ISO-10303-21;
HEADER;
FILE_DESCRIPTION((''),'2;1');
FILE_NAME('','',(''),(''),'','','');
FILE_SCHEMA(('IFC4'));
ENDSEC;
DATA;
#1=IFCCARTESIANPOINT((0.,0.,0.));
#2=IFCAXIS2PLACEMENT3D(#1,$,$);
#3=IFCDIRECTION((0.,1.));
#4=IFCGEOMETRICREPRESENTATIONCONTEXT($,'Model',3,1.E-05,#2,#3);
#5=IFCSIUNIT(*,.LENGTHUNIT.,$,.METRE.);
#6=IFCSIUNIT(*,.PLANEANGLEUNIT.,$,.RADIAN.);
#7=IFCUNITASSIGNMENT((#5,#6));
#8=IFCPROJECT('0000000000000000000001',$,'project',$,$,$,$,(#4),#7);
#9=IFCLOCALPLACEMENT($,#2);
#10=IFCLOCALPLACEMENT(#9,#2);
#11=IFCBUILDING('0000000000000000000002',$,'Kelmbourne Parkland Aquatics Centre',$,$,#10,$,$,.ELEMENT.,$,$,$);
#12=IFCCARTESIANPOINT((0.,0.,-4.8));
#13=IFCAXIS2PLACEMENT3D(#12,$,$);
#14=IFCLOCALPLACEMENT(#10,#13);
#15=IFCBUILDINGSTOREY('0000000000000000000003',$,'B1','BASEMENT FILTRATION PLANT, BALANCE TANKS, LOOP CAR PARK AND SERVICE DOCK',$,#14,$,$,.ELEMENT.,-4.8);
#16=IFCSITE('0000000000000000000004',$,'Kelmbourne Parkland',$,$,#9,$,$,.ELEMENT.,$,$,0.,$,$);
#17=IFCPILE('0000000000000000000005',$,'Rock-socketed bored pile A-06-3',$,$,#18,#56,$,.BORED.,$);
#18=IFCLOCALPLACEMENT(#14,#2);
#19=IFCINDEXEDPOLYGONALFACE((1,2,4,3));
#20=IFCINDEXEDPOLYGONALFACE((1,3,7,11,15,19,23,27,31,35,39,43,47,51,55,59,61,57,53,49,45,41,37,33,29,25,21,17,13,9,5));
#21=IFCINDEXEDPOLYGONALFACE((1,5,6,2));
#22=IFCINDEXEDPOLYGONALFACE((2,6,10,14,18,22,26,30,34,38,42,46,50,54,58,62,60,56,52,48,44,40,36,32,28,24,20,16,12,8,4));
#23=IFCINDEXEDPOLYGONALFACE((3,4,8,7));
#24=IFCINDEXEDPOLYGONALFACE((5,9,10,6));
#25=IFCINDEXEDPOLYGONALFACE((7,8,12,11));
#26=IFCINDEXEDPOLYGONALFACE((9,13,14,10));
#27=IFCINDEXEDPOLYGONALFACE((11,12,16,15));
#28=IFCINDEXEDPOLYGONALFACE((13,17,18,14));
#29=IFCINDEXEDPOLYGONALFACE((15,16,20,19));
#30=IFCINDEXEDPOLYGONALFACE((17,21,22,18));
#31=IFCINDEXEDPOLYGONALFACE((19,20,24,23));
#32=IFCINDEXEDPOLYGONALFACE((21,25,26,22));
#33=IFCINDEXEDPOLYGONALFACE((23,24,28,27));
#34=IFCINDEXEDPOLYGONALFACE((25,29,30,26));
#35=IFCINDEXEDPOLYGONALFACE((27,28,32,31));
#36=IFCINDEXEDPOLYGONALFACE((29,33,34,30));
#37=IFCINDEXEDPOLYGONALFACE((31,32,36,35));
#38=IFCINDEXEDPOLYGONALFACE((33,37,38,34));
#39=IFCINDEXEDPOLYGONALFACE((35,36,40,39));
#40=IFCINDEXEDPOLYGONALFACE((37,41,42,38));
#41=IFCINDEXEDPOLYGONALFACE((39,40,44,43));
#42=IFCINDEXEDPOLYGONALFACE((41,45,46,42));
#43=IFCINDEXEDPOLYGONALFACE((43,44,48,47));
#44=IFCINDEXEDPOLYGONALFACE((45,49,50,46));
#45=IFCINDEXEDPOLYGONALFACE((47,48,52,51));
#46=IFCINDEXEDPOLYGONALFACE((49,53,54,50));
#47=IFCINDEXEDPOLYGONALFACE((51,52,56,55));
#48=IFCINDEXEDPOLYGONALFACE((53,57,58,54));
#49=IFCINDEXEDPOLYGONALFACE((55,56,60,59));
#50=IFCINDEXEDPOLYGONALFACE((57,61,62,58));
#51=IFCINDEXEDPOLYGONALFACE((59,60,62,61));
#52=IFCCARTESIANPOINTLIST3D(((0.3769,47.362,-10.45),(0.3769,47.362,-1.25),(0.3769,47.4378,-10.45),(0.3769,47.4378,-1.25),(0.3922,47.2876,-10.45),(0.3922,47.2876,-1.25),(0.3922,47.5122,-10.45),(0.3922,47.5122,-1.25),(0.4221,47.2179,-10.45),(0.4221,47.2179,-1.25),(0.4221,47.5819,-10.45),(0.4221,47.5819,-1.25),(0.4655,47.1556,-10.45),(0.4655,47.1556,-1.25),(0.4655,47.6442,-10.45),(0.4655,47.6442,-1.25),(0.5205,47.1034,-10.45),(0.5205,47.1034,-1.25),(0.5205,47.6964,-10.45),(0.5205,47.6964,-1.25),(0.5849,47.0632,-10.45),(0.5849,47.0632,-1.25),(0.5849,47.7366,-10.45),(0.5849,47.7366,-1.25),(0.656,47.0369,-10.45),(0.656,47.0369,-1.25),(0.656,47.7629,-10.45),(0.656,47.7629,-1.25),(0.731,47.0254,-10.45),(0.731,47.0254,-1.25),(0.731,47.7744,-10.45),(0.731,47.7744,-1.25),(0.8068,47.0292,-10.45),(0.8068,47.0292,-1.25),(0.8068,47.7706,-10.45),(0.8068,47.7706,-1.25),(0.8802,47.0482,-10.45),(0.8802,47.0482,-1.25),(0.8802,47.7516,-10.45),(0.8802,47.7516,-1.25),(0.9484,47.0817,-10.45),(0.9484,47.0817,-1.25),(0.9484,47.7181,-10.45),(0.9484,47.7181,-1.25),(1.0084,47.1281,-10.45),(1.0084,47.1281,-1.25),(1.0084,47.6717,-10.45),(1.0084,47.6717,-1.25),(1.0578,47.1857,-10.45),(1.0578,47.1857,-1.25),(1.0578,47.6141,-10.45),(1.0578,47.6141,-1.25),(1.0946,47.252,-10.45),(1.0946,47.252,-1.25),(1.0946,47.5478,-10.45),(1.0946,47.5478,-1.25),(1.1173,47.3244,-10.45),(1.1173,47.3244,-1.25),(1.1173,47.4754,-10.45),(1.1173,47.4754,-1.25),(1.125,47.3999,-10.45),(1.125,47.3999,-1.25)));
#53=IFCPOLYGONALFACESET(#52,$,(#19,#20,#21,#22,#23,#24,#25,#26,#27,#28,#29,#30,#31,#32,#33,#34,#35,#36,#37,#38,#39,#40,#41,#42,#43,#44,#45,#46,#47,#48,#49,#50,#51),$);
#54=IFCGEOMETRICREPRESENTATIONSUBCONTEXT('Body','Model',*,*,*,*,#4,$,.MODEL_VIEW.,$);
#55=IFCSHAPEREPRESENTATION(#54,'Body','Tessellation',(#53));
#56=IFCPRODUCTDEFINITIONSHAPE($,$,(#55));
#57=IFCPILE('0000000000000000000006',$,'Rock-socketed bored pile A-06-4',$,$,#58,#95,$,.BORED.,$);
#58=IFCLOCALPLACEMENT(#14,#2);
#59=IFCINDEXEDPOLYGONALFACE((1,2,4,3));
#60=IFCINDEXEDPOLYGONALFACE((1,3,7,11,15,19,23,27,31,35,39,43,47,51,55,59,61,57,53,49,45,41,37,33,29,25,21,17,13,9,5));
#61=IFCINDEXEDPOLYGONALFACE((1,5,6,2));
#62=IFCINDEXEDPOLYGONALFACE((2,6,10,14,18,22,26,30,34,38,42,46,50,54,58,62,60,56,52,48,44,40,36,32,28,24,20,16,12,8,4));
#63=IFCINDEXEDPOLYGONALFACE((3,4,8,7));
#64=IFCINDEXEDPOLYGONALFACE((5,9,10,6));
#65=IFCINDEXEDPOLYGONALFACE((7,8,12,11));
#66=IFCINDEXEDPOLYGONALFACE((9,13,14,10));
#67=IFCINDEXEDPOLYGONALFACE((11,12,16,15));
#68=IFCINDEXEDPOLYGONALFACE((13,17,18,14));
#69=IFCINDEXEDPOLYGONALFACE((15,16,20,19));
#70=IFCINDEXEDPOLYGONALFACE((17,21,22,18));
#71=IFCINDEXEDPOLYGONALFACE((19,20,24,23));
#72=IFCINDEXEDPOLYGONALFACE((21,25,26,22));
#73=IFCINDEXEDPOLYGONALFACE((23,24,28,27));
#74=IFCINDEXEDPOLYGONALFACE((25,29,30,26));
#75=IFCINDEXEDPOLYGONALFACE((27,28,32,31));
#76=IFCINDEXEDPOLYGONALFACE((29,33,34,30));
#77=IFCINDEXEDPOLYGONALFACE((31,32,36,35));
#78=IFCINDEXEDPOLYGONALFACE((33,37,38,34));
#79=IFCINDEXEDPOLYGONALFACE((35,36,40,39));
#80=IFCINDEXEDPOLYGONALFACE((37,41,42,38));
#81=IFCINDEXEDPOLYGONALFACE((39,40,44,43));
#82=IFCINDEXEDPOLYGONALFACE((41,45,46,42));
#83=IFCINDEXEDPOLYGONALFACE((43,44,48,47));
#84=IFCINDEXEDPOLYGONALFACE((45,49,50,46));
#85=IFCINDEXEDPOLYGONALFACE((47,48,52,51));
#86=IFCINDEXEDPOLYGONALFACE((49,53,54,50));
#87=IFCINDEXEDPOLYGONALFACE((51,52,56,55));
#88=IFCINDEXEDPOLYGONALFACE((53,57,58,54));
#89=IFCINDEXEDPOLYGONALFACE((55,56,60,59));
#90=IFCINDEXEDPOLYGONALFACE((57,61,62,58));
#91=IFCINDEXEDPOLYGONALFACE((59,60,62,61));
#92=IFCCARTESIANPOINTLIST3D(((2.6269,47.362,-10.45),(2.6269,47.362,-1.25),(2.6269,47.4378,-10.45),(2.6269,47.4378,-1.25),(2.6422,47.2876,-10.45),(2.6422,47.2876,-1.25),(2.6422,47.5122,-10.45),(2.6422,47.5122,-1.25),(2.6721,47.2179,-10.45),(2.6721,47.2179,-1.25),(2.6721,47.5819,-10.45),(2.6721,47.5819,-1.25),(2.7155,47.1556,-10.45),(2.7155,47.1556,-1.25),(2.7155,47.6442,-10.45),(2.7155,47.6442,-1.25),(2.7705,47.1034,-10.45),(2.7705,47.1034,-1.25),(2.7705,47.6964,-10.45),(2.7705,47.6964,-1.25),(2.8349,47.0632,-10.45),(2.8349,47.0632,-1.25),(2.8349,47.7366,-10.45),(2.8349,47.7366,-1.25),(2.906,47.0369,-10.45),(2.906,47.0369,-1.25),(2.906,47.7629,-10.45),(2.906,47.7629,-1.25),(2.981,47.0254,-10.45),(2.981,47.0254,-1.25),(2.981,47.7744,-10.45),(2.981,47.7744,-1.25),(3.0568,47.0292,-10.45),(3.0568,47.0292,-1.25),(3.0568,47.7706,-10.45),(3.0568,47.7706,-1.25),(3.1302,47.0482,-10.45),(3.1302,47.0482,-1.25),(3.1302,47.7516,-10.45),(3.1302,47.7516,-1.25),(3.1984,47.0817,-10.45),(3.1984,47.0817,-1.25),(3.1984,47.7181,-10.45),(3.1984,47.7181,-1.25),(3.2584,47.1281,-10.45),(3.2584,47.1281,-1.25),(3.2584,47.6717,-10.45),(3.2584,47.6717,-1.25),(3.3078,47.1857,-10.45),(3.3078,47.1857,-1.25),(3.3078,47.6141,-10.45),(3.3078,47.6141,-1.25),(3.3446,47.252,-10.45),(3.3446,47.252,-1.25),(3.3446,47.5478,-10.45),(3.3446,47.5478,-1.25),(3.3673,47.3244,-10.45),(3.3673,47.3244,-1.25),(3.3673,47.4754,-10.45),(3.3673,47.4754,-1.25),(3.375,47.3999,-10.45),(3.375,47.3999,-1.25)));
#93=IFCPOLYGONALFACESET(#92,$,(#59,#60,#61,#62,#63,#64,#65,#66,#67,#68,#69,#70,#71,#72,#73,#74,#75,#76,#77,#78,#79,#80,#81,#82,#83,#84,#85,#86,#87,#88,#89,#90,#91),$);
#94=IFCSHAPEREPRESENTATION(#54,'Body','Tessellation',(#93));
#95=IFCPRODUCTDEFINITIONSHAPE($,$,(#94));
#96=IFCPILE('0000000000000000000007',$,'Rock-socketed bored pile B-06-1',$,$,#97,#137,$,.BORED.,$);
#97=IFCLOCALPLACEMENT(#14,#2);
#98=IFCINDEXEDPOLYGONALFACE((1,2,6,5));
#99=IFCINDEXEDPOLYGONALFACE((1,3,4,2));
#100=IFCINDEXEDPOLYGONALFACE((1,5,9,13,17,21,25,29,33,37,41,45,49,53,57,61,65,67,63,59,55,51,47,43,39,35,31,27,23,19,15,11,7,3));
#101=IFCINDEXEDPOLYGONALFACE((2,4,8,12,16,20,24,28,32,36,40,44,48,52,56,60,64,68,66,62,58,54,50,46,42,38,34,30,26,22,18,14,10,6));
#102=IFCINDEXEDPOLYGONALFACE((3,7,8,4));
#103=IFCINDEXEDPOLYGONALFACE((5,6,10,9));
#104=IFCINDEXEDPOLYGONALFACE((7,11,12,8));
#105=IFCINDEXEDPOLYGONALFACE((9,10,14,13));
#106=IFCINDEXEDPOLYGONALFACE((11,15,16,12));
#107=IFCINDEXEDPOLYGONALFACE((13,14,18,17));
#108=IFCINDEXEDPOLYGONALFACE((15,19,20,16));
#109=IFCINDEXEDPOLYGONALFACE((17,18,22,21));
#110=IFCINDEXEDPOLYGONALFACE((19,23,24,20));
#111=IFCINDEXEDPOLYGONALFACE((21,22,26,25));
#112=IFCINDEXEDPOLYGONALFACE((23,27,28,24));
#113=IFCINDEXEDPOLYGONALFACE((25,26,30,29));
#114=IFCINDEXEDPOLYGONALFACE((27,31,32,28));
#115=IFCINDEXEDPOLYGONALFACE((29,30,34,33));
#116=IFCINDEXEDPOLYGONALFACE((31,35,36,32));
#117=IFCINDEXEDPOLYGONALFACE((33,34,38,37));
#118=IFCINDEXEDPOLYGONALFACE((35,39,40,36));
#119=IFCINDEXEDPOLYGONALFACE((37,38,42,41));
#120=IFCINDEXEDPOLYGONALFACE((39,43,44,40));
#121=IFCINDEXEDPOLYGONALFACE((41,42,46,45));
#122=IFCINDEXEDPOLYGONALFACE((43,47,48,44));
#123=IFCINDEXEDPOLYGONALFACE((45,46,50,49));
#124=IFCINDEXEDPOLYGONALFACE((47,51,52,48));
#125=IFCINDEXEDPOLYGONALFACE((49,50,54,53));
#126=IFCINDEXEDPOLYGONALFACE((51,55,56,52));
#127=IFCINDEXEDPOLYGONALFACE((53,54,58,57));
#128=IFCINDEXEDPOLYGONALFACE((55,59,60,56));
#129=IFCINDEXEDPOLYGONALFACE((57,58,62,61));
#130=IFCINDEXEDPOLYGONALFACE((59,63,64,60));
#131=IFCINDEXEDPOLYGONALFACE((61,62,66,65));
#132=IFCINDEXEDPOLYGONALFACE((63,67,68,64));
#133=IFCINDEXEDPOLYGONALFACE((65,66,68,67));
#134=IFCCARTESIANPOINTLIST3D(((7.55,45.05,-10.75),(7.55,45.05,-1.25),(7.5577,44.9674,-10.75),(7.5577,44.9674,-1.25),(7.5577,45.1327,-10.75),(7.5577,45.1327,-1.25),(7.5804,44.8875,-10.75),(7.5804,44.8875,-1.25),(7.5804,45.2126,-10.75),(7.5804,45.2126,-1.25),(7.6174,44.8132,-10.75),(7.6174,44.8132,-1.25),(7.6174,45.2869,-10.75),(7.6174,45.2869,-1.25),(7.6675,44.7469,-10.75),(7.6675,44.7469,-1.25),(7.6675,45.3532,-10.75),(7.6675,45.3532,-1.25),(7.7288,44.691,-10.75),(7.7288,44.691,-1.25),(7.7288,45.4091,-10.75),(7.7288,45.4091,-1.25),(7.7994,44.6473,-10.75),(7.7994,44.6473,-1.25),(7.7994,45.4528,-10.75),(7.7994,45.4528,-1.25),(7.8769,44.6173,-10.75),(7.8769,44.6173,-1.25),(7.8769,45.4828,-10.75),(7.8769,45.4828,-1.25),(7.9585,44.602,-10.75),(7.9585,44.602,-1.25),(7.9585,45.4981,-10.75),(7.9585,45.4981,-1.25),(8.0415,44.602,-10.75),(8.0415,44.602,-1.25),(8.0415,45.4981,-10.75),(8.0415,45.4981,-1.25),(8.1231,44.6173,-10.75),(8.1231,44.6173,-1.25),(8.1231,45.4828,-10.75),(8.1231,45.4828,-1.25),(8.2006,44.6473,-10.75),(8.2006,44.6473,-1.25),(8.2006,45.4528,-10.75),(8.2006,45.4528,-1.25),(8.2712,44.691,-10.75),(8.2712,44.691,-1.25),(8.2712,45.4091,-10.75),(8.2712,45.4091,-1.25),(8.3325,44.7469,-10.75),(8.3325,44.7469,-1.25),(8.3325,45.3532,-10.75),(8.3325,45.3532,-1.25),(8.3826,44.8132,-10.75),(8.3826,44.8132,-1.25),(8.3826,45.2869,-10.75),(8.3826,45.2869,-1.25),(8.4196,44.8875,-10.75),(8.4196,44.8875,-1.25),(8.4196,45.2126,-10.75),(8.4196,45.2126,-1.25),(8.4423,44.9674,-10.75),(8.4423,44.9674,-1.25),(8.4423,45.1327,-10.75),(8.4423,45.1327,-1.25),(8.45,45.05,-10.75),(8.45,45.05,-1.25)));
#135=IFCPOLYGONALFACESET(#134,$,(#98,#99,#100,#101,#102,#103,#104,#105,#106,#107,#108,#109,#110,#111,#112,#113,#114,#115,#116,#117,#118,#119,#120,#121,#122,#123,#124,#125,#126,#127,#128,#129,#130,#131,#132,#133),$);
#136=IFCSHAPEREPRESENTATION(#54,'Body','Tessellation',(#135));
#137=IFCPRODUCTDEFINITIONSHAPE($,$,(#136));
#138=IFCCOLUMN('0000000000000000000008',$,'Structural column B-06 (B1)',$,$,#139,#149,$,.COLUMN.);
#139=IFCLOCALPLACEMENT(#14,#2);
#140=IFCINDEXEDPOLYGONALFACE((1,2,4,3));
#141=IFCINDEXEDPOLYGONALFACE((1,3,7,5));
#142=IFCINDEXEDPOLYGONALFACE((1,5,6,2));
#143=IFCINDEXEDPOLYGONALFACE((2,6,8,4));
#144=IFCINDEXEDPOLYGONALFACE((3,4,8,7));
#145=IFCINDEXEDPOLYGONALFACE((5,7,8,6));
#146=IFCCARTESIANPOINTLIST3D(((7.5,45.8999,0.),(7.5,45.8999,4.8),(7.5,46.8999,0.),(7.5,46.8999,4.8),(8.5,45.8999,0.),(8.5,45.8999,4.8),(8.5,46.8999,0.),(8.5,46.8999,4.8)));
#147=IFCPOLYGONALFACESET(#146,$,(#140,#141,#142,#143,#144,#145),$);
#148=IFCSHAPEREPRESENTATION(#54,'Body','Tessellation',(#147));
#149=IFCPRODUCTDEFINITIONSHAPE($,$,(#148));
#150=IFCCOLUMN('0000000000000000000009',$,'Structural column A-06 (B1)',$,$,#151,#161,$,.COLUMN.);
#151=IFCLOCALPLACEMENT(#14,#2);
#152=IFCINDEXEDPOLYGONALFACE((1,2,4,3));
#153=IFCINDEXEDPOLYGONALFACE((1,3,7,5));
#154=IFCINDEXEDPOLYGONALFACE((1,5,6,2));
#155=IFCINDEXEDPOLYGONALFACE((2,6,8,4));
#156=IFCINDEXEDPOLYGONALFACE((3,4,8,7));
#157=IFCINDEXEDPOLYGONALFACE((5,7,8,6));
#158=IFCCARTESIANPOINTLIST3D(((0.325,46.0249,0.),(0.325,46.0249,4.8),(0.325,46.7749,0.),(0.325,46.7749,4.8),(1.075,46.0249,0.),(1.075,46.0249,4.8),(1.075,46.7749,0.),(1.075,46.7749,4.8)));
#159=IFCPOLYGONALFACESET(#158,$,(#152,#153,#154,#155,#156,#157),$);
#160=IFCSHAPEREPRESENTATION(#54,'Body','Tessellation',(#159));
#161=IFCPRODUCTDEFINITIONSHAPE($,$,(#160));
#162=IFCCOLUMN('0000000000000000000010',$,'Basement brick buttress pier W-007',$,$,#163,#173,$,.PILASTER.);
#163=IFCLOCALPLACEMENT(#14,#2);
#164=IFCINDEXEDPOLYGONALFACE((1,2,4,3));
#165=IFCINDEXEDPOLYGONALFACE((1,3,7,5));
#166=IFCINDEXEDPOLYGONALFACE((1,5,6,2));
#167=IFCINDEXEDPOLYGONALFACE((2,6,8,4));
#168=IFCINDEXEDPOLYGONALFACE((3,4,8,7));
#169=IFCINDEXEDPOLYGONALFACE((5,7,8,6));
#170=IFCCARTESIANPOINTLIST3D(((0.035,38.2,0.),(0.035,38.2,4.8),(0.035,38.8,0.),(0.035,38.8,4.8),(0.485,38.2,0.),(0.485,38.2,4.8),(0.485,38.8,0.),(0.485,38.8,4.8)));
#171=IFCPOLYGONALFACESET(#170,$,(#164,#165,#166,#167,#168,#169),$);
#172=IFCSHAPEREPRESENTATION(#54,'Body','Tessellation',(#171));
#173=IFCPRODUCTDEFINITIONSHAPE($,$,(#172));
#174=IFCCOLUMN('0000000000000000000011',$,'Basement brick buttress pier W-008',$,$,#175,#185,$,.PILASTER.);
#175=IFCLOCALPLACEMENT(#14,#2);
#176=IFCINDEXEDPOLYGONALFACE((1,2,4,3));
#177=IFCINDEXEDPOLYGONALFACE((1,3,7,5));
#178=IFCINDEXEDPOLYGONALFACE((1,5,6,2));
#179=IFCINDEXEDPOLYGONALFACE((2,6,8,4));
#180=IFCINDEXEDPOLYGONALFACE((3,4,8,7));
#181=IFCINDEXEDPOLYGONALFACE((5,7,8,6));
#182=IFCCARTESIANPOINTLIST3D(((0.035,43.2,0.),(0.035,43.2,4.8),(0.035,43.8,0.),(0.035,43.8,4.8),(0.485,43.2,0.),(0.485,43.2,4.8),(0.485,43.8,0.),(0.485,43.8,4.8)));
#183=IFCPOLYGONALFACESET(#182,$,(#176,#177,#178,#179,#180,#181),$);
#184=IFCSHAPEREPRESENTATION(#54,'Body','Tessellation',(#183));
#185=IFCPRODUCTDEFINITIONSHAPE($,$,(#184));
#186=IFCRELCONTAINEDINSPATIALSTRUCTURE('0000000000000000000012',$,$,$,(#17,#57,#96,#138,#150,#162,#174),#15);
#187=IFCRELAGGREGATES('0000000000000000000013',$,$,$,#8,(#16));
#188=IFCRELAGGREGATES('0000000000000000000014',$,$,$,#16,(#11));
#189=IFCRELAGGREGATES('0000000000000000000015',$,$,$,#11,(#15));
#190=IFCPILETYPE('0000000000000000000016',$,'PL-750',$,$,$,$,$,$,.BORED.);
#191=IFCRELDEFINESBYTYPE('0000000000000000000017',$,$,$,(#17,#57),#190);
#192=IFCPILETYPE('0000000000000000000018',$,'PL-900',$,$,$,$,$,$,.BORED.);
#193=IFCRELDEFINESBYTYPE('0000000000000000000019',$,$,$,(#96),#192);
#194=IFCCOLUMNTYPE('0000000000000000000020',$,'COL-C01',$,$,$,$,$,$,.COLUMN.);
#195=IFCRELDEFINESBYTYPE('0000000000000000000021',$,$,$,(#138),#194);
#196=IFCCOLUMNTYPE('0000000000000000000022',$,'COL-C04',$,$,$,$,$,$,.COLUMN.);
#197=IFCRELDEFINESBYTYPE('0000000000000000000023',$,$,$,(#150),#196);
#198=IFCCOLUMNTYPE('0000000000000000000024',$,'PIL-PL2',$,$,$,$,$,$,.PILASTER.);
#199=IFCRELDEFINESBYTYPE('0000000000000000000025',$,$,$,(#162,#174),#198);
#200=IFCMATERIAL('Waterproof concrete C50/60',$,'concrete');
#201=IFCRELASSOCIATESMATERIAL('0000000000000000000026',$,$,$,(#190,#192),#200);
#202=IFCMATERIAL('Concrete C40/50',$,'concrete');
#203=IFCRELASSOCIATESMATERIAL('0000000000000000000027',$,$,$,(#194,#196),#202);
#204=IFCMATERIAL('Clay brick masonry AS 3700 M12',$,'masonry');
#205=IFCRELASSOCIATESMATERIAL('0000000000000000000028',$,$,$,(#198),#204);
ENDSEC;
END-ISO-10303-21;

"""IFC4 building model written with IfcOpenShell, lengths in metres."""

from ifc_helpers import new_model, si_unit, direction, frame, origin, origin_2d, place, context, subcontext, project, spatial, rectangle, circle, extrude, material, material_profile, profile_set, type_object, element, save


model = new_model("IFC4")

# Units and contexts
model_context = context("Model", 3, precision=1e-05, world=origin(), true_north=direction((0.0, 1.0)))
body_context = subcontext(model_context, "Body", "Model", "MODEL_VIEW")
ifc_project = project(units=[si_unit("LENGTHUNIT", "METRE"), si_unit("PLANEANGLEUNIT", "RADIAN")], contexts=[model_context])

# Site, building, storey
site_placement = place(None, origin())
site = spatial("IfcSite", under=ifc_project, at=site_placement, Name="Kelmbourne Parkland", CompositionType="ELEMENT", RefElevation=0.0)
building_placement = place(site_placement, origin())
building = spatial("IfcBuilding", under=site, at=building_placement, Name="Kelmbourne Parkland Aquatics Centre", CompositionType="ELEMENT")
storey_placement = place(building_placement, frame((0.0, 0.0, -4.8)))
storey = spatial("IfcBuildingStorey", under=building, at=storey_placement, Name="B1", Description="BASEMENT FILTRATION PLANT, BALANCE TANKS, LOOP CAR PARK AND SERVICE DOCK", CompositionType="ELEMENT", Elevation=-4.8)

# Shared definitions
ifc_material_1 = material(Name="Waterproof concrete C50/60", Category="concrete")

# Piles
ifc_material_profile_1 = material_profile(ifc_material_1, circle(Radius=0.375, at=origin_2d()), Name="PILE D750")
ifc_profile_set_1 = profile_set([ifc_material_profile_1], Name="Waterproof concrete C50/60")
pile_type_1 = type_object("IfcPileType", Name="PL-750", PredefinedType="BORED", material=ifc_profile_set_1)
for number, where, z_axis, x_axis, name in (
    (1, (0.75, 47.3999, -1.25), (0.0, 0.0, -1.0), (1.0, 0.0, 0.0), "Rock-socketed bored pile A-06-3"),
    (2, (3.0, 47.3999, -1.25), (0.0, 0.0, -1.0), (1.0, 0.0, 0.0), "Rock-socketed bored pile A-06-4"),
):
    element("IfcPile", number, at=place(storey_placement, frame(where, z_axis=z_axis, x_axis=x_axis)), inside=storey, type_object=pile_type_1, Name=name, PredefinedType="BORED", context=body_context, shape_type="SweptSolid", body=[
        extrude(circle(Radius=0.375, at=origin_2d()), origin(), (0.0, 0.0, 1.0), 9.2),
    ])
ifc_material_profile_2 = material_profile(ifc_material_1, circle(Radius=0.45, at=origin_2d()), Name="PILE D900")
ifc_profile_set_2 = profile_set([ifc_material_profile_2], Name="Waterproof concrete C50/60")
pile_type_2 = type_object("IfcPileType", Name="PL-900", PredefinedType="BORED", material=ifc_profile_set_2)
pile_placement = place(storey_placement, frame((8.0, 45.05, -1.25), z_axis=(0.0, 0.0, -1.0), x_axis=(1.0, 0.0, 0.0)))
element("IfcPile", 3, at=pile_placement, inside=storey, type_object=pile_type_2, Name="Rock-socketed bored pile B-06-1", PredefinedType="BORED", context=body_context, shape_type="SweptSolid", body=[
    extrude(circle(Radius=0.45, at=origin_2d()), origin(), (0.0, 0.0, 1.0), 9.5),
])

# Columns
ifc_material_2 = material(Name="Concrete C40/50", Category="concrete")
ifc_material_profile_3 = material_profile(ifc_material_2, rectangle(XDim=1.0, YDim=1.0, at=origin_2d()), Name="RC 1000x1000")
ifc_profile_set_3 = profile_set([ifc_material_profile_3], Name="Concrete C40/50")
column_type_1 = type_object("IfcColumnType", Name="COL-C01", PredefinedType="COLUMN", material=ifc_profile_set_3)
column_1_placement = place(storey_placement, frame((8.0, 46.3999, 0.0), z_axis=(0.0, 0.0, 1.0), x_axis=(1.0, 0.0, 0.0)))
element("IfcColumn", 4, at=column_1_placement, inside=storey, type_object=column_type_1, Name="Structural column B-06 (B1)", PredefinedType="COLUMN", context=body_context, shape_type="SweptSolid", body=[
    extrude(rectangle(XDim=1.0, YDim=1.0, at=origin_2d()), origin(), (0.0, 0.0, 1.0), 4.8),
])
ifc_material_profile_4 = material_profile(ifc_material_2, rectangle(XDim=0.75, YDim=0.75, at=origin_2d()), Name="RC 750x750")
ifc_profile_set_4 = profile_set([ifc_material_profile_4], Name="Concrete C40/50")
column_type_2 = type_object("IfcColumnType", Name="COL-C04", PredefinedType="COLUMN", material=ifc_profile_set_4)
column_2_placement = place(storey_placement, frame((0.7, 46.3999, 0.0), z_axis=(0.0, 0.0, 1.0), x_axis=(1.0, 0.0, 0.0)))
element("IfcColumn", 5, at=column_2_placement, inside=storey, type_object=column_type_2, Name="Structural column A-06 (B1)", PredefinedType="COLUMN", context=body_context, shape_type="SweptSolid", body=[
    extrude(rectangle(XDim=0.75, YDim=0.75, at=origin_2d()), origin(), (0.0, 0.0, 1.0), 4.8),
])
ifc_material_3 = material(Name="Clay brick masonry AS 3700 M12", Category="masonry")
ifc_material_profile_5 = material_profile(ifc_material_3, rectangle(XDim=0.45, YDim=0.6001, at=origin_2d()), Name="PIL 450x600")
ifc_profile_set_5 = profile_set([ifc_material_profile_5], Name="Clay brick masonry AS 3700 M12")
column_type_3 = type_object("IfcColumnType", Name="PIL-PL2", PredefinedType="PILASTER", material=ifc_profile_set_5)
for number, where, z_axis, x_axis, name in (
    (6, (0.26, 38.5, 0.0), (0.0, 0.0, 1.0), (1.0, 0.0, 0.0), "Basement brick buttress pier W-007"),
    (7, (0.26, 43.5, 0.0), (0.0, 0.0, 1.0), (1.0, 0.0, 0.0), "Basement brick buttress pier W-008"),
):
    element("IfcColumn", number, at=place(storey_placement, frame(where, z_axis=z_axis, x_axis=x_axis)), inside=storey, type_object=column_type_3, Name=name, PredefinedType="PILASTER", context=body_context, shape_type="SweptSolid", body=[
        extrude(rectangle(XDim=0.45, YDim=0.6001, at=origin_2d()), origin(), (0.0, 0.0, 1.0), 4.8),
    ])

save(model, "model.ifc")
